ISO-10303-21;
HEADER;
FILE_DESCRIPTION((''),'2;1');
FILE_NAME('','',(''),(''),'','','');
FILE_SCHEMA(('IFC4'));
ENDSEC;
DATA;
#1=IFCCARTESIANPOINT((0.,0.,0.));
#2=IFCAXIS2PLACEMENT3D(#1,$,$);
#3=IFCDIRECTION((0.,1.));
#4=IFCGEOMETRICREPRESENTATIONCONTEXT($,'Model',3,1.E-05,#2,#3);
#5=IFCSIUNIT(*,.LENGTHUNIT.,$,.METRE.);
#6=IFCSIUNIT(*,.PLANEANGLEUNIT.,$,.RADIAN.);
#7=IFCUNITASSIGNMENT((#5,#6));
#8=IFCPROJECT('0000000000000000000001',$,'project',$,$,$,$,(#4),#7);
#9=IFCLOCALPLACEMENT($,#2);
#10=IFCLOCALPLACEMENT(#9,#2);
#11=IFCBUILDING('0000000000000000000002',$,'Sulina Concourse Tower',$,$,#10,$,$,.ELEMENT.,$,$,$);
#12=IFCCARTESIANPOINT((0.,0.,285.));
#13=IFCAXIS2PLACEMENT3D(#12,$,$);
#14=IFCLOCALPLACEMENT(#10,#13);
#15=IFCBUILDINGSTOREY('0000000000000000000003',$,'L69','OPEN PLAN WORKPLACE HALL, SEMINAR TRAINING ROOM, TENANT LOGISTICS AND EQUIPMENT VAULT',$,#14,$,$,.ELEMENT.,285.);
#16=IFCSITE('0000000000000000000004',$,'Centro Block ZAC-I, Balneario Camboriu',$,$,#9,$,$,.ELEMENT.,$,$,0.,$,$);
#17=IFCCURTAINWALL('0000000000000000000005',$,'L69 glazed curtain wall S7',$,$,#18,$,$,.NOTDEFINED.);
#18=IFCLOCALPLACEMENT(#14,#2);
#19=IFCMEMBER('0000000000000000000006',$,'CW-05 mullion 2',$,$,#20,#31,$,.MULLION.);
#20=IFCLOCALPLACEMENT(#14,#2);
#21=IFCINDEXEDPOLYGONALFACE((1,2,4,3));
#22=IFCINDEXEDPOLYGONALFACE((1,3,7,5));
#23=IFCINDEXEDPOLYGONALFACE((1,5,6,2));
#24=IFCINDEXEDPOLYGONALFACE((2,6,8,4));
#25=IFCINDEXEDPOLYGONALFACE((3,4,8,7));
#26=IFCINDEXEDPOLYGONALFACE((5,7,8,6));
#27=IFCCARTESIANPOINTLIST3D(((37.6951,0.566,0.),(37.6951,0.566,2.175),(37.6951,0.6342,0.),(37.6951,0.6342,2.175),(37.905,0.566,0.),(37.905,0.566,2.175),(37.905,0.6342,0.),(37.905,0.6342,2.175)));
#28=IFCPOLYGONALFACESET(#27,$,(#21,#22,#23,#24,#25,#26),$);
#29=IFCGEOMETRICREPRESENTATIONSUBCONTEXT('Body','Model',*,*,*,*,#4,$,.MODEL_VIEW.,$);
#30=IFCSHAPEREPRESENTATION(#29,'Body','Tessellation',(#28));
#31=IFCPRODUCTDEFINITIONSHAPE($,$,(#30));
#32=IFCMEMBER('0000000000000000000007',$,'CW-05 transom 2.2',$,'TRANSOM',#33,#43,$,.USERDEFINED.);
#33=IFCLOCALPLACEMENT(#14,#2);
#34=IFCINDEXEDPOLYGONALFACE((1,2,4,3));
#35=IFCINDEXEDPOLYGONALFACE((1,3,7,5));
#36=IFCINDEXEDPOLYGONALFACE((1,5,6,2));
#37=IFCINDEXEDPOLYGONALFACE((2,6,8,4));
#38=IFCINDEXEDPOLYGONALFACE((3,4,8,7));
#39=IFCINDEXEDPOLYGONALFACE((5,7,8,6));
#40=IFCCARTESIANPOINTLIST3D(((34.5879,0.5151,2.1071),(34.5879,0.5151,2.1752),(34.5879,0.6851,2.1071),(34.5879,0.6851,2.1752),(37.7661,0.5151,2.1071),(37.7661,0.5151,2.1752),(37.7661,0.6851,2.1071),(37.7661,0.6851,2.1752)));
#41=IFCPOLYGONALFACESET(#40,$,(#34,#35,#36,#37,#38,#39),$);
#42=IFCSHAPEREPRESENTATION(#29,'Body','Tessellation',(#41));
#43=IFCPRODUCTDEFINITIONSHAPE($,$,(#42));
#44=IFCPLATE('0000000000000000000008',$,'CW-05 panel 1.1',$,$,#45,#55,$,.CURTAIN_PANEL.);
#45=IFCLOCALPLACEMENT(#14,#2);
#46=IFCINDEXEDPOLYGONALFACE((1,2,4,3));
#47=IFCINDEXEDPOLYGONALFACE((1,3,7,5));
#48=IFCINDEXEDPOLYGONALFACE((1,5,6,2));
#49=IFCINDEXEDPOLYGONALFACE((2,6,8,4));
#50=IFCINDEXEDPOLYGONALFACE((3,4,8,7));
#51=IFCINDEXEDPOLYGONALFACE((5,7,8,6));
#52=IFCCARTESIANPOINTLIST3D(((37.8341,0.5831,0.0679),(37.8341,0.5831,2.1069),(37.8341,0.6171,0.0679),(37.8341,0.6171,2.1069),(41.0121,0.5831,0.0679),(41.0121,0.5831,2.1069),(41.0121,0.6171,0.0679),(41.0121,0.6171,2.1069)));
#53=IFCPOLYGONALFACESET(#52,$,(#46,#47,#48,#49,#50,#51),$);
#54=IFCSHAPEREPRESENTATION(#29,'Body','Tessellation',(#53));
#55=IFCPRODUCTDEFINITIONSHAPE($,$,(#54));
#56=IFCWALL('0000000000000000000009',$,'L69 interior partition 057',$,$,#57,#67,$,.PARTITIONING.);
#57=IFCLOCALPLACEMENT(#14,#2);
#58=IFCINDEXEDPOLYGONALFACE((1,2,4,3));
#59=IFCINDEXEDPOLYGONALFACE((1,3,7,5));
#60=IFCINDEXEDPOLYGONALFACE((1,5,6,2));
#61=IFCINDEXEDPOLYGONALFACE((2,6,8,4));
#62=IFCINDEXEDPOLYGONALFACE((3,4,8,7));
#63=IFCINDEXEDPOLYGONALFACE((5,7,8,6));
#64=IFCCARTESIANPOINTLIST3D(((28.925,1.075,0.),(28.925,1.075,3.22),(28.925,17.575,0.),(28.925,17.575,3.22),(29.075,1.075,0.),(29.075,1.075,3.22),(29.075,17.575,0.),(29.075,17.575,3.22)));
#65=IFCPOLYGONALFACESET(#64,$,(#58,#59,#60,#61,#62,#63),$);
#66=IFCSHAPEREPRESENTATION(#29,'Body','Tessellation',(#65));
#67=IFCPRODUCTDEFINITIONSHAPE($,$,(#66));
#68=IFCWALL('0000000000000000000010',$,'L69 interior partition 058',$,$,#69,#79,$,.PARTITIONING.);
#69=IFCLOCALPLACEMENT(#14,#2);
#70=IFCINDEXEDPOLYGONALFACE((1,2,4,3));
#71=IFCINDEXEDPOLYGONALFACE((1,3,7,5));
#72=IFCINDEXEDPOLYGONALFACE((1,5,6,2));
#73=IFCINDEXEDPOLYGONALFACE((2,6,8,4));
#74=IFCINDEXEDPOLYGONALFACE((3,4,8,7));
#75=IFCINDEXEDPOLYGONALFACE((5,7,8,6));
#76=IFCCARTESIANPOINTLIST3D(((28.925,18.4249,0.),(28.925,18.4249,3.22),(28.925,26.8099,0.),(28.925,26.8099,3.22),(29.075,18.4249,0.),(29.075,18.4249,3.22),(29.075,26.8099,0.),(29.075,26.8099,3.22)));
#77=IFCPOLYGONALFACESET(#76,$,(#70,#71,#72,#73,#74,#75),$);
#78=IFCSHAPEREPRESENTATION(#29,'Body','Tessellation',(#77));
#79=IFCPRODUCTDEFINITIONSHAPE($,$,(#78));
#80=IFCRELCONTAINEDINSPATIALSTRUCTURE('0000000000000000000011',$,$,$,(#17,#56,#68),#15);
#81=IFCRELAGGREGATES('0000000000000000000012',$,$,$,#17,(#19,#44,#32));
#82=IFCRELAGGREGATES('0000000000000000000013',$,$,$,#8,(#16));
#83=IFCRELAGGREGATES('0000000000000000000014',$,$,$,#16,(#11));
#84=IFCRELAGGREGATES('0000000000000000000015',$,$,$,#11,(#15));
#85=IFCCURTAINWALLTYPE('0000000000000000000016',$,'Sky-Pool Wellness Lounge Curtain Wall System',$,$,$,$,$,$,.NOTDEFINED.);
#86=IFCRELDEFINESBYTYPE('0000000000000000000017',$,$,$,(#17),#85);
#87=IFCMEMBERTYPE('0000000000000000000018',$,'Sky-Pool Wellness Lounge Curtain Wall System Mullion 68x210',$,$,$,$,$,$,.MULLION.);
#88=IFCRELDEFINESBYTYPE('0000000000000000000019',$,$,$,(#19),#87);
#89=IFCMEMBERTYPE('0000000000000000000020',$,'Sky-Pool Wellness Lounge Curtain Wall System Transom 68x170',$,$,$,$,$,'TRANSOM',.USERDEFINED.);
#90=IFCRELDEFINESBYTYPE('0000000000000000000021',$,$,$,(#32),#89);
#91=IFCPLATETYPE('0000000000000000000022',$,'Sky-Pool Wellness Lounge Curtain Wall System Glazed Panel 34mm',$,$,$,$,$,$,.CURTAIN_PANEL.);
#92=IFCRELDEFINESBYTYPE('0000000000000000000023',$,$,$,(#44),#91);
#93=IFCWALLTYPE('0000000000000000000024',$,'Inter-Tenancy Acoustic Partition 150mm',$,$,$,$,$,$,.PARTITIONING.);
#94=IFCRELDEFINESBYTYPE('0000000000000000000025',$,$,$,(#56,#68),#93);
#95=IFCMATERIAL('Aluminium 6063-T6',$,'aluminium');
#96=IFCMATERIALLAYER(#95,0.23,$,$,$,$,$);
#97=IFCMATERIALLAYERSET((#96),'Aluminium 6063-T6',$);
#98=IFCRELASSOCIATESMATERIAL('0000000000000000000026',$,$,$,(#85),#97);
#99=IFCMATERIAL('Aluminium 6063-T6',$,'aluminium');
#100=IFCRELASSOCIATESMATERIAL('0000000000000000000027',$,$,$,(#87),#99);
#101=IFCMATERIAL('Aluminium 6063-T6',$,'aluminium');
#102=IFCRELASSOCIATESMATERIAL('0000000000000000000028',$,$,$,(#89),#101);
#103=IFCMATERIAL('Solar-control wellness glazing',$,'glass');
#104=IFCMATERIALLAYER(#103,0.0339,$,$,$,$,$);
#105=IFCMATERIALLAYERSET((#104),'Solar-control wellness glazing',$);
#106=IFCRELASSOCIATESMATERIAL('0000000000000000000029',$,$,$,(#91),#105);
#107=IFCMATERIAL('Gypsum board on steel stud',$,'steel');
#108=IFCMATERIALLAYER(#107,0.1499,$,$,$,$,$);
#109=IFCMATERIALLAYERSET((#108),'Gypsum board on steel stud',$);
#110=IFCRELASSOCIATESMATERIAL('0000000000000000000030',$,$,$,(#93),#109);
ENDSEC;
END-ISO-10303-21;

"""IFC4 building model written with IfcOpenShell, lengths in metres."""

from ifc_helpers import new_model, si_unit, direction, frame, frame_2d, origin, origin_2d, place, context, subcontext, project, spatial, rectangle, extrude, material, layer, layer_set, material_profile, profile_set, type_object, element, aggregate, save


model = new_model("IFC4")

# Units and contexts
model_context = context("Model", 3, precision=1e-05, world=origin(), true_north=direction((0.0, 1.0)))
body_context = subcontext(model_context, "Body", "Model", "MODEL_VIEW")
ifc_project = project(units=[si_unit("LENGTHUNIT", "METRE"), si_unit("PLANEANGLEUNIT", "RADIAN")], contexts=[model_context])

# Site, building, storey
site_placement = place(None, origin())
site = spatial("IfcSite", under=ifc_project, at=site_placement, Name="Centro Block ZAC-I, Balneario Camboriu", CompositionType="ELEMENT", RefElevation=0.0)
building_placement = place(site_placement, origin())
building = spatial("IfcBuilding", under=site, at=building_placement, Name="Sulina Concourse Tower", CompositionType="ELEMENT")
storey_placement = place(building_placement, frame((0.0, 0.0, 285.0)))
storey = spatial("IfcBuildingStorey", under=building, at=storey_placement, Name="L69", Description="OPEN PLAN WORKPLACE HALL, SEMINAR TRAINING ROOM, TENANT LOGISTICS AND EQUIPMENT VAULT", CompositionType="ELEMENT", Elevation=285.0)

# Curtain wall, members, plate
ifc_material_1 = material(Name="Aluminium 6063-T6", Category="aluminium")
ifc_layer_1 = layer(ifc_material_1, 0.23)
ifc_layer_set_1 = layer_set([ifc_layer_1], Name="Aluminium 6063-T6")
curtain_wall_type = type_object("IfcCurtainWallType", Name="Sky-Pool Wellness Lounge Curtain Wall System", PredefinedType="NOTDEFINED", material=ifc_layer_set_1)
curtain_wall_placement = place(storey_placement, origin())
curtain_wall = element("IfcCurtainWall", 1, at=curtain_wall_placement, inside=storey, type_object=curtain_wall_type, Name="L69 glazed curtain wall S7", PredefinedType="NOTDEFINED")
ifc_material_2 = material(Name="Aluminium 6063-T6", Category="aluminium")
ifc_material_profile_1 = material_profile(ifc_material_2, rectangle(XDim=0.0681, YDim=0.21, at=origin_2d()), Name="MUL 68x210")
ifc_profile_set_1 = profile_set([ifc_material_profile_1], Name="Aluminium 6063-T6")
member_type_1 = type_object("IfcMemberType", Name="Sky-Pool Wellness Lounge Curtain Wall System Mullion 68x210", PredefinedType="MULLION", material=ifc_profile_set_1)
member_1_placement = place(storey_placement, frame((37.8, 0.6001, 0.0), z_axis=(0.0, 0.0, 1.0), x_axis=(0.0, -1.0, 0.0)))
member_1 = element("IfcMember", 2, at=member_1_placement, type_object=member_type_1, Name="CW-05 mullion 2", PredefinedType="MULLION", context=body_context, shape_type="SweptSolid", body=[
    extrude(rectangle(XDim=0.0681, YDim=0.21, at=origin_2d()), origin(), (0.0, 0.0, 1.0), 2.175),
])
ifc_material_3 = material(Name="Aluminium 6063-T6", Category="aluminium")
ifc_material_profile_2 = material_profile(ifc_material_3, rectangle(XDim=0.1699, YDim=0.0681, at=origin_2d()), Name="TRN 68x170")
ifc_profile_set_2 = profile_set([ifc_material_profile_2], Name="Aluminium 6063-T6")
member_type_2 = type_object("IfcMemberType", Name="Sky-Pool Wellness Lounge Curtain Wall System Transom 68x170", ElementType="TRANSOM", PredefinedType="USERDEFINED", material=ifc_profile_set_2)
member_2_placement = place(storey_placement, frame((37.7661, 0.6001, 2.1411), z_axis=(-1.0, 0.0, 0.0), x_axis=(0.0, -1.0, 0.0)))
member_2 = element("IfcMember", 3, at=member_2_placement, type_object=member_type_2, Name="CW-05 transom 2.2", ObjectType="TRANSOM", PredefinedType="USERDEFINED", context=body_context, shape_type="SweptSolid", body=[
    extrude(rectangle(XDim=0.1699, YDim=0.0681, at=origin_2d()), origin(), (0.0, 0.0, 1.0), 3.1782),
])
ifc_material_4 = material(Name="Solar-control wellness glazing", Category="glass")
ifc_layer_2 = layer(ifc_material_4, 0.0339)
ifc_layer_set_2 = layer_set([ifc_layer_2], Name="Solar-control wellness glazing")
plate_type = type_object("IfcPlateType", Name="Sky-Pool Wellness Lounge Curtain Wall System Glazed Panel 34mm", PredefinedType="CURTAIN_PANEL", material=ifc_layer_set_2)
plate_placement = place(storey_placement, frame((39.4231, 0.6001, 0.0679), z_axis=(0.0, 0.0, 1.0), x_axis=(-1.0, 0.0, 0.0)))
plate = element("IfcPlate", 4, at=plate_placement, type_object=plate_type, Name="CW-05 panel 1.1", PredefinedType="CURTAIN_PANEL", context=body_context, shape_type="SweptSolid", body=[
    extrude(rectangle(XDim=3.178, YDim=0.0339, at=origin_2d()), origin(), (0.0, 0.0, 1.0), 2.0391),
])
aggregate(curtain_wall, [member_1, plate, member_2])

# Walls
ifc_material_5 = material(Name="Gypsum board on steel stud", Category="steel")
ifc_layer_3 = layer(ifc_material_5, 0.1499)
ifc_layer_set_3 = layer_set([ifc_layer_3], Name="Gypsum board on steel stud")
wall_type = type_object("IfcWallType", Name="Inter-Tenancy Acoustic Partition 150mm", PredefinedType="PARTITIONING", material=ifc_layer_set_3)
wall_1_placement = place(storey_placement, frame((29.0, 1.075, 0.0), z_axis=(0.0, 0.0, 1.0), x_axis=(0.0, 1.0, 0.0)))
element("IfcWall", 5, at=wall_1_placement, inside=storey, type_object=wall_type, Name="L69 interior partition 057", PredefinedType="PARTITIONING", context=body_context, shape_type="SweptSolid", body=[
    extrude(rectangle(XDim=16.5, YDim=0.1499, at=frame_2d((8.25, 0.0))), origin(), (0.0, 0.0, 1.0), 3.22),
])
wall_2_placement = place(storey_placement, frame((29.0, 18.425, 0.0), z_axis=(0.0, 0.0, 1.0), x_axis=(0.0, 1.0, 0.0)))
element("IfcWall", 6, at=wall_2_placement, inside=storey, type_object=wall_type, Name="L69 interior partition 058", PredefinedType="PARTITIONING", context=body_context, shape_type="SweptSolid", body=[
    extrude(rectangle(XDim=8.385, YDim=0.1499, at=frame_2d((4.1924, 0.0))), origin(), (0.0, 0.0, 1.0), 3.22),
])

save(model, "model.ifc")
